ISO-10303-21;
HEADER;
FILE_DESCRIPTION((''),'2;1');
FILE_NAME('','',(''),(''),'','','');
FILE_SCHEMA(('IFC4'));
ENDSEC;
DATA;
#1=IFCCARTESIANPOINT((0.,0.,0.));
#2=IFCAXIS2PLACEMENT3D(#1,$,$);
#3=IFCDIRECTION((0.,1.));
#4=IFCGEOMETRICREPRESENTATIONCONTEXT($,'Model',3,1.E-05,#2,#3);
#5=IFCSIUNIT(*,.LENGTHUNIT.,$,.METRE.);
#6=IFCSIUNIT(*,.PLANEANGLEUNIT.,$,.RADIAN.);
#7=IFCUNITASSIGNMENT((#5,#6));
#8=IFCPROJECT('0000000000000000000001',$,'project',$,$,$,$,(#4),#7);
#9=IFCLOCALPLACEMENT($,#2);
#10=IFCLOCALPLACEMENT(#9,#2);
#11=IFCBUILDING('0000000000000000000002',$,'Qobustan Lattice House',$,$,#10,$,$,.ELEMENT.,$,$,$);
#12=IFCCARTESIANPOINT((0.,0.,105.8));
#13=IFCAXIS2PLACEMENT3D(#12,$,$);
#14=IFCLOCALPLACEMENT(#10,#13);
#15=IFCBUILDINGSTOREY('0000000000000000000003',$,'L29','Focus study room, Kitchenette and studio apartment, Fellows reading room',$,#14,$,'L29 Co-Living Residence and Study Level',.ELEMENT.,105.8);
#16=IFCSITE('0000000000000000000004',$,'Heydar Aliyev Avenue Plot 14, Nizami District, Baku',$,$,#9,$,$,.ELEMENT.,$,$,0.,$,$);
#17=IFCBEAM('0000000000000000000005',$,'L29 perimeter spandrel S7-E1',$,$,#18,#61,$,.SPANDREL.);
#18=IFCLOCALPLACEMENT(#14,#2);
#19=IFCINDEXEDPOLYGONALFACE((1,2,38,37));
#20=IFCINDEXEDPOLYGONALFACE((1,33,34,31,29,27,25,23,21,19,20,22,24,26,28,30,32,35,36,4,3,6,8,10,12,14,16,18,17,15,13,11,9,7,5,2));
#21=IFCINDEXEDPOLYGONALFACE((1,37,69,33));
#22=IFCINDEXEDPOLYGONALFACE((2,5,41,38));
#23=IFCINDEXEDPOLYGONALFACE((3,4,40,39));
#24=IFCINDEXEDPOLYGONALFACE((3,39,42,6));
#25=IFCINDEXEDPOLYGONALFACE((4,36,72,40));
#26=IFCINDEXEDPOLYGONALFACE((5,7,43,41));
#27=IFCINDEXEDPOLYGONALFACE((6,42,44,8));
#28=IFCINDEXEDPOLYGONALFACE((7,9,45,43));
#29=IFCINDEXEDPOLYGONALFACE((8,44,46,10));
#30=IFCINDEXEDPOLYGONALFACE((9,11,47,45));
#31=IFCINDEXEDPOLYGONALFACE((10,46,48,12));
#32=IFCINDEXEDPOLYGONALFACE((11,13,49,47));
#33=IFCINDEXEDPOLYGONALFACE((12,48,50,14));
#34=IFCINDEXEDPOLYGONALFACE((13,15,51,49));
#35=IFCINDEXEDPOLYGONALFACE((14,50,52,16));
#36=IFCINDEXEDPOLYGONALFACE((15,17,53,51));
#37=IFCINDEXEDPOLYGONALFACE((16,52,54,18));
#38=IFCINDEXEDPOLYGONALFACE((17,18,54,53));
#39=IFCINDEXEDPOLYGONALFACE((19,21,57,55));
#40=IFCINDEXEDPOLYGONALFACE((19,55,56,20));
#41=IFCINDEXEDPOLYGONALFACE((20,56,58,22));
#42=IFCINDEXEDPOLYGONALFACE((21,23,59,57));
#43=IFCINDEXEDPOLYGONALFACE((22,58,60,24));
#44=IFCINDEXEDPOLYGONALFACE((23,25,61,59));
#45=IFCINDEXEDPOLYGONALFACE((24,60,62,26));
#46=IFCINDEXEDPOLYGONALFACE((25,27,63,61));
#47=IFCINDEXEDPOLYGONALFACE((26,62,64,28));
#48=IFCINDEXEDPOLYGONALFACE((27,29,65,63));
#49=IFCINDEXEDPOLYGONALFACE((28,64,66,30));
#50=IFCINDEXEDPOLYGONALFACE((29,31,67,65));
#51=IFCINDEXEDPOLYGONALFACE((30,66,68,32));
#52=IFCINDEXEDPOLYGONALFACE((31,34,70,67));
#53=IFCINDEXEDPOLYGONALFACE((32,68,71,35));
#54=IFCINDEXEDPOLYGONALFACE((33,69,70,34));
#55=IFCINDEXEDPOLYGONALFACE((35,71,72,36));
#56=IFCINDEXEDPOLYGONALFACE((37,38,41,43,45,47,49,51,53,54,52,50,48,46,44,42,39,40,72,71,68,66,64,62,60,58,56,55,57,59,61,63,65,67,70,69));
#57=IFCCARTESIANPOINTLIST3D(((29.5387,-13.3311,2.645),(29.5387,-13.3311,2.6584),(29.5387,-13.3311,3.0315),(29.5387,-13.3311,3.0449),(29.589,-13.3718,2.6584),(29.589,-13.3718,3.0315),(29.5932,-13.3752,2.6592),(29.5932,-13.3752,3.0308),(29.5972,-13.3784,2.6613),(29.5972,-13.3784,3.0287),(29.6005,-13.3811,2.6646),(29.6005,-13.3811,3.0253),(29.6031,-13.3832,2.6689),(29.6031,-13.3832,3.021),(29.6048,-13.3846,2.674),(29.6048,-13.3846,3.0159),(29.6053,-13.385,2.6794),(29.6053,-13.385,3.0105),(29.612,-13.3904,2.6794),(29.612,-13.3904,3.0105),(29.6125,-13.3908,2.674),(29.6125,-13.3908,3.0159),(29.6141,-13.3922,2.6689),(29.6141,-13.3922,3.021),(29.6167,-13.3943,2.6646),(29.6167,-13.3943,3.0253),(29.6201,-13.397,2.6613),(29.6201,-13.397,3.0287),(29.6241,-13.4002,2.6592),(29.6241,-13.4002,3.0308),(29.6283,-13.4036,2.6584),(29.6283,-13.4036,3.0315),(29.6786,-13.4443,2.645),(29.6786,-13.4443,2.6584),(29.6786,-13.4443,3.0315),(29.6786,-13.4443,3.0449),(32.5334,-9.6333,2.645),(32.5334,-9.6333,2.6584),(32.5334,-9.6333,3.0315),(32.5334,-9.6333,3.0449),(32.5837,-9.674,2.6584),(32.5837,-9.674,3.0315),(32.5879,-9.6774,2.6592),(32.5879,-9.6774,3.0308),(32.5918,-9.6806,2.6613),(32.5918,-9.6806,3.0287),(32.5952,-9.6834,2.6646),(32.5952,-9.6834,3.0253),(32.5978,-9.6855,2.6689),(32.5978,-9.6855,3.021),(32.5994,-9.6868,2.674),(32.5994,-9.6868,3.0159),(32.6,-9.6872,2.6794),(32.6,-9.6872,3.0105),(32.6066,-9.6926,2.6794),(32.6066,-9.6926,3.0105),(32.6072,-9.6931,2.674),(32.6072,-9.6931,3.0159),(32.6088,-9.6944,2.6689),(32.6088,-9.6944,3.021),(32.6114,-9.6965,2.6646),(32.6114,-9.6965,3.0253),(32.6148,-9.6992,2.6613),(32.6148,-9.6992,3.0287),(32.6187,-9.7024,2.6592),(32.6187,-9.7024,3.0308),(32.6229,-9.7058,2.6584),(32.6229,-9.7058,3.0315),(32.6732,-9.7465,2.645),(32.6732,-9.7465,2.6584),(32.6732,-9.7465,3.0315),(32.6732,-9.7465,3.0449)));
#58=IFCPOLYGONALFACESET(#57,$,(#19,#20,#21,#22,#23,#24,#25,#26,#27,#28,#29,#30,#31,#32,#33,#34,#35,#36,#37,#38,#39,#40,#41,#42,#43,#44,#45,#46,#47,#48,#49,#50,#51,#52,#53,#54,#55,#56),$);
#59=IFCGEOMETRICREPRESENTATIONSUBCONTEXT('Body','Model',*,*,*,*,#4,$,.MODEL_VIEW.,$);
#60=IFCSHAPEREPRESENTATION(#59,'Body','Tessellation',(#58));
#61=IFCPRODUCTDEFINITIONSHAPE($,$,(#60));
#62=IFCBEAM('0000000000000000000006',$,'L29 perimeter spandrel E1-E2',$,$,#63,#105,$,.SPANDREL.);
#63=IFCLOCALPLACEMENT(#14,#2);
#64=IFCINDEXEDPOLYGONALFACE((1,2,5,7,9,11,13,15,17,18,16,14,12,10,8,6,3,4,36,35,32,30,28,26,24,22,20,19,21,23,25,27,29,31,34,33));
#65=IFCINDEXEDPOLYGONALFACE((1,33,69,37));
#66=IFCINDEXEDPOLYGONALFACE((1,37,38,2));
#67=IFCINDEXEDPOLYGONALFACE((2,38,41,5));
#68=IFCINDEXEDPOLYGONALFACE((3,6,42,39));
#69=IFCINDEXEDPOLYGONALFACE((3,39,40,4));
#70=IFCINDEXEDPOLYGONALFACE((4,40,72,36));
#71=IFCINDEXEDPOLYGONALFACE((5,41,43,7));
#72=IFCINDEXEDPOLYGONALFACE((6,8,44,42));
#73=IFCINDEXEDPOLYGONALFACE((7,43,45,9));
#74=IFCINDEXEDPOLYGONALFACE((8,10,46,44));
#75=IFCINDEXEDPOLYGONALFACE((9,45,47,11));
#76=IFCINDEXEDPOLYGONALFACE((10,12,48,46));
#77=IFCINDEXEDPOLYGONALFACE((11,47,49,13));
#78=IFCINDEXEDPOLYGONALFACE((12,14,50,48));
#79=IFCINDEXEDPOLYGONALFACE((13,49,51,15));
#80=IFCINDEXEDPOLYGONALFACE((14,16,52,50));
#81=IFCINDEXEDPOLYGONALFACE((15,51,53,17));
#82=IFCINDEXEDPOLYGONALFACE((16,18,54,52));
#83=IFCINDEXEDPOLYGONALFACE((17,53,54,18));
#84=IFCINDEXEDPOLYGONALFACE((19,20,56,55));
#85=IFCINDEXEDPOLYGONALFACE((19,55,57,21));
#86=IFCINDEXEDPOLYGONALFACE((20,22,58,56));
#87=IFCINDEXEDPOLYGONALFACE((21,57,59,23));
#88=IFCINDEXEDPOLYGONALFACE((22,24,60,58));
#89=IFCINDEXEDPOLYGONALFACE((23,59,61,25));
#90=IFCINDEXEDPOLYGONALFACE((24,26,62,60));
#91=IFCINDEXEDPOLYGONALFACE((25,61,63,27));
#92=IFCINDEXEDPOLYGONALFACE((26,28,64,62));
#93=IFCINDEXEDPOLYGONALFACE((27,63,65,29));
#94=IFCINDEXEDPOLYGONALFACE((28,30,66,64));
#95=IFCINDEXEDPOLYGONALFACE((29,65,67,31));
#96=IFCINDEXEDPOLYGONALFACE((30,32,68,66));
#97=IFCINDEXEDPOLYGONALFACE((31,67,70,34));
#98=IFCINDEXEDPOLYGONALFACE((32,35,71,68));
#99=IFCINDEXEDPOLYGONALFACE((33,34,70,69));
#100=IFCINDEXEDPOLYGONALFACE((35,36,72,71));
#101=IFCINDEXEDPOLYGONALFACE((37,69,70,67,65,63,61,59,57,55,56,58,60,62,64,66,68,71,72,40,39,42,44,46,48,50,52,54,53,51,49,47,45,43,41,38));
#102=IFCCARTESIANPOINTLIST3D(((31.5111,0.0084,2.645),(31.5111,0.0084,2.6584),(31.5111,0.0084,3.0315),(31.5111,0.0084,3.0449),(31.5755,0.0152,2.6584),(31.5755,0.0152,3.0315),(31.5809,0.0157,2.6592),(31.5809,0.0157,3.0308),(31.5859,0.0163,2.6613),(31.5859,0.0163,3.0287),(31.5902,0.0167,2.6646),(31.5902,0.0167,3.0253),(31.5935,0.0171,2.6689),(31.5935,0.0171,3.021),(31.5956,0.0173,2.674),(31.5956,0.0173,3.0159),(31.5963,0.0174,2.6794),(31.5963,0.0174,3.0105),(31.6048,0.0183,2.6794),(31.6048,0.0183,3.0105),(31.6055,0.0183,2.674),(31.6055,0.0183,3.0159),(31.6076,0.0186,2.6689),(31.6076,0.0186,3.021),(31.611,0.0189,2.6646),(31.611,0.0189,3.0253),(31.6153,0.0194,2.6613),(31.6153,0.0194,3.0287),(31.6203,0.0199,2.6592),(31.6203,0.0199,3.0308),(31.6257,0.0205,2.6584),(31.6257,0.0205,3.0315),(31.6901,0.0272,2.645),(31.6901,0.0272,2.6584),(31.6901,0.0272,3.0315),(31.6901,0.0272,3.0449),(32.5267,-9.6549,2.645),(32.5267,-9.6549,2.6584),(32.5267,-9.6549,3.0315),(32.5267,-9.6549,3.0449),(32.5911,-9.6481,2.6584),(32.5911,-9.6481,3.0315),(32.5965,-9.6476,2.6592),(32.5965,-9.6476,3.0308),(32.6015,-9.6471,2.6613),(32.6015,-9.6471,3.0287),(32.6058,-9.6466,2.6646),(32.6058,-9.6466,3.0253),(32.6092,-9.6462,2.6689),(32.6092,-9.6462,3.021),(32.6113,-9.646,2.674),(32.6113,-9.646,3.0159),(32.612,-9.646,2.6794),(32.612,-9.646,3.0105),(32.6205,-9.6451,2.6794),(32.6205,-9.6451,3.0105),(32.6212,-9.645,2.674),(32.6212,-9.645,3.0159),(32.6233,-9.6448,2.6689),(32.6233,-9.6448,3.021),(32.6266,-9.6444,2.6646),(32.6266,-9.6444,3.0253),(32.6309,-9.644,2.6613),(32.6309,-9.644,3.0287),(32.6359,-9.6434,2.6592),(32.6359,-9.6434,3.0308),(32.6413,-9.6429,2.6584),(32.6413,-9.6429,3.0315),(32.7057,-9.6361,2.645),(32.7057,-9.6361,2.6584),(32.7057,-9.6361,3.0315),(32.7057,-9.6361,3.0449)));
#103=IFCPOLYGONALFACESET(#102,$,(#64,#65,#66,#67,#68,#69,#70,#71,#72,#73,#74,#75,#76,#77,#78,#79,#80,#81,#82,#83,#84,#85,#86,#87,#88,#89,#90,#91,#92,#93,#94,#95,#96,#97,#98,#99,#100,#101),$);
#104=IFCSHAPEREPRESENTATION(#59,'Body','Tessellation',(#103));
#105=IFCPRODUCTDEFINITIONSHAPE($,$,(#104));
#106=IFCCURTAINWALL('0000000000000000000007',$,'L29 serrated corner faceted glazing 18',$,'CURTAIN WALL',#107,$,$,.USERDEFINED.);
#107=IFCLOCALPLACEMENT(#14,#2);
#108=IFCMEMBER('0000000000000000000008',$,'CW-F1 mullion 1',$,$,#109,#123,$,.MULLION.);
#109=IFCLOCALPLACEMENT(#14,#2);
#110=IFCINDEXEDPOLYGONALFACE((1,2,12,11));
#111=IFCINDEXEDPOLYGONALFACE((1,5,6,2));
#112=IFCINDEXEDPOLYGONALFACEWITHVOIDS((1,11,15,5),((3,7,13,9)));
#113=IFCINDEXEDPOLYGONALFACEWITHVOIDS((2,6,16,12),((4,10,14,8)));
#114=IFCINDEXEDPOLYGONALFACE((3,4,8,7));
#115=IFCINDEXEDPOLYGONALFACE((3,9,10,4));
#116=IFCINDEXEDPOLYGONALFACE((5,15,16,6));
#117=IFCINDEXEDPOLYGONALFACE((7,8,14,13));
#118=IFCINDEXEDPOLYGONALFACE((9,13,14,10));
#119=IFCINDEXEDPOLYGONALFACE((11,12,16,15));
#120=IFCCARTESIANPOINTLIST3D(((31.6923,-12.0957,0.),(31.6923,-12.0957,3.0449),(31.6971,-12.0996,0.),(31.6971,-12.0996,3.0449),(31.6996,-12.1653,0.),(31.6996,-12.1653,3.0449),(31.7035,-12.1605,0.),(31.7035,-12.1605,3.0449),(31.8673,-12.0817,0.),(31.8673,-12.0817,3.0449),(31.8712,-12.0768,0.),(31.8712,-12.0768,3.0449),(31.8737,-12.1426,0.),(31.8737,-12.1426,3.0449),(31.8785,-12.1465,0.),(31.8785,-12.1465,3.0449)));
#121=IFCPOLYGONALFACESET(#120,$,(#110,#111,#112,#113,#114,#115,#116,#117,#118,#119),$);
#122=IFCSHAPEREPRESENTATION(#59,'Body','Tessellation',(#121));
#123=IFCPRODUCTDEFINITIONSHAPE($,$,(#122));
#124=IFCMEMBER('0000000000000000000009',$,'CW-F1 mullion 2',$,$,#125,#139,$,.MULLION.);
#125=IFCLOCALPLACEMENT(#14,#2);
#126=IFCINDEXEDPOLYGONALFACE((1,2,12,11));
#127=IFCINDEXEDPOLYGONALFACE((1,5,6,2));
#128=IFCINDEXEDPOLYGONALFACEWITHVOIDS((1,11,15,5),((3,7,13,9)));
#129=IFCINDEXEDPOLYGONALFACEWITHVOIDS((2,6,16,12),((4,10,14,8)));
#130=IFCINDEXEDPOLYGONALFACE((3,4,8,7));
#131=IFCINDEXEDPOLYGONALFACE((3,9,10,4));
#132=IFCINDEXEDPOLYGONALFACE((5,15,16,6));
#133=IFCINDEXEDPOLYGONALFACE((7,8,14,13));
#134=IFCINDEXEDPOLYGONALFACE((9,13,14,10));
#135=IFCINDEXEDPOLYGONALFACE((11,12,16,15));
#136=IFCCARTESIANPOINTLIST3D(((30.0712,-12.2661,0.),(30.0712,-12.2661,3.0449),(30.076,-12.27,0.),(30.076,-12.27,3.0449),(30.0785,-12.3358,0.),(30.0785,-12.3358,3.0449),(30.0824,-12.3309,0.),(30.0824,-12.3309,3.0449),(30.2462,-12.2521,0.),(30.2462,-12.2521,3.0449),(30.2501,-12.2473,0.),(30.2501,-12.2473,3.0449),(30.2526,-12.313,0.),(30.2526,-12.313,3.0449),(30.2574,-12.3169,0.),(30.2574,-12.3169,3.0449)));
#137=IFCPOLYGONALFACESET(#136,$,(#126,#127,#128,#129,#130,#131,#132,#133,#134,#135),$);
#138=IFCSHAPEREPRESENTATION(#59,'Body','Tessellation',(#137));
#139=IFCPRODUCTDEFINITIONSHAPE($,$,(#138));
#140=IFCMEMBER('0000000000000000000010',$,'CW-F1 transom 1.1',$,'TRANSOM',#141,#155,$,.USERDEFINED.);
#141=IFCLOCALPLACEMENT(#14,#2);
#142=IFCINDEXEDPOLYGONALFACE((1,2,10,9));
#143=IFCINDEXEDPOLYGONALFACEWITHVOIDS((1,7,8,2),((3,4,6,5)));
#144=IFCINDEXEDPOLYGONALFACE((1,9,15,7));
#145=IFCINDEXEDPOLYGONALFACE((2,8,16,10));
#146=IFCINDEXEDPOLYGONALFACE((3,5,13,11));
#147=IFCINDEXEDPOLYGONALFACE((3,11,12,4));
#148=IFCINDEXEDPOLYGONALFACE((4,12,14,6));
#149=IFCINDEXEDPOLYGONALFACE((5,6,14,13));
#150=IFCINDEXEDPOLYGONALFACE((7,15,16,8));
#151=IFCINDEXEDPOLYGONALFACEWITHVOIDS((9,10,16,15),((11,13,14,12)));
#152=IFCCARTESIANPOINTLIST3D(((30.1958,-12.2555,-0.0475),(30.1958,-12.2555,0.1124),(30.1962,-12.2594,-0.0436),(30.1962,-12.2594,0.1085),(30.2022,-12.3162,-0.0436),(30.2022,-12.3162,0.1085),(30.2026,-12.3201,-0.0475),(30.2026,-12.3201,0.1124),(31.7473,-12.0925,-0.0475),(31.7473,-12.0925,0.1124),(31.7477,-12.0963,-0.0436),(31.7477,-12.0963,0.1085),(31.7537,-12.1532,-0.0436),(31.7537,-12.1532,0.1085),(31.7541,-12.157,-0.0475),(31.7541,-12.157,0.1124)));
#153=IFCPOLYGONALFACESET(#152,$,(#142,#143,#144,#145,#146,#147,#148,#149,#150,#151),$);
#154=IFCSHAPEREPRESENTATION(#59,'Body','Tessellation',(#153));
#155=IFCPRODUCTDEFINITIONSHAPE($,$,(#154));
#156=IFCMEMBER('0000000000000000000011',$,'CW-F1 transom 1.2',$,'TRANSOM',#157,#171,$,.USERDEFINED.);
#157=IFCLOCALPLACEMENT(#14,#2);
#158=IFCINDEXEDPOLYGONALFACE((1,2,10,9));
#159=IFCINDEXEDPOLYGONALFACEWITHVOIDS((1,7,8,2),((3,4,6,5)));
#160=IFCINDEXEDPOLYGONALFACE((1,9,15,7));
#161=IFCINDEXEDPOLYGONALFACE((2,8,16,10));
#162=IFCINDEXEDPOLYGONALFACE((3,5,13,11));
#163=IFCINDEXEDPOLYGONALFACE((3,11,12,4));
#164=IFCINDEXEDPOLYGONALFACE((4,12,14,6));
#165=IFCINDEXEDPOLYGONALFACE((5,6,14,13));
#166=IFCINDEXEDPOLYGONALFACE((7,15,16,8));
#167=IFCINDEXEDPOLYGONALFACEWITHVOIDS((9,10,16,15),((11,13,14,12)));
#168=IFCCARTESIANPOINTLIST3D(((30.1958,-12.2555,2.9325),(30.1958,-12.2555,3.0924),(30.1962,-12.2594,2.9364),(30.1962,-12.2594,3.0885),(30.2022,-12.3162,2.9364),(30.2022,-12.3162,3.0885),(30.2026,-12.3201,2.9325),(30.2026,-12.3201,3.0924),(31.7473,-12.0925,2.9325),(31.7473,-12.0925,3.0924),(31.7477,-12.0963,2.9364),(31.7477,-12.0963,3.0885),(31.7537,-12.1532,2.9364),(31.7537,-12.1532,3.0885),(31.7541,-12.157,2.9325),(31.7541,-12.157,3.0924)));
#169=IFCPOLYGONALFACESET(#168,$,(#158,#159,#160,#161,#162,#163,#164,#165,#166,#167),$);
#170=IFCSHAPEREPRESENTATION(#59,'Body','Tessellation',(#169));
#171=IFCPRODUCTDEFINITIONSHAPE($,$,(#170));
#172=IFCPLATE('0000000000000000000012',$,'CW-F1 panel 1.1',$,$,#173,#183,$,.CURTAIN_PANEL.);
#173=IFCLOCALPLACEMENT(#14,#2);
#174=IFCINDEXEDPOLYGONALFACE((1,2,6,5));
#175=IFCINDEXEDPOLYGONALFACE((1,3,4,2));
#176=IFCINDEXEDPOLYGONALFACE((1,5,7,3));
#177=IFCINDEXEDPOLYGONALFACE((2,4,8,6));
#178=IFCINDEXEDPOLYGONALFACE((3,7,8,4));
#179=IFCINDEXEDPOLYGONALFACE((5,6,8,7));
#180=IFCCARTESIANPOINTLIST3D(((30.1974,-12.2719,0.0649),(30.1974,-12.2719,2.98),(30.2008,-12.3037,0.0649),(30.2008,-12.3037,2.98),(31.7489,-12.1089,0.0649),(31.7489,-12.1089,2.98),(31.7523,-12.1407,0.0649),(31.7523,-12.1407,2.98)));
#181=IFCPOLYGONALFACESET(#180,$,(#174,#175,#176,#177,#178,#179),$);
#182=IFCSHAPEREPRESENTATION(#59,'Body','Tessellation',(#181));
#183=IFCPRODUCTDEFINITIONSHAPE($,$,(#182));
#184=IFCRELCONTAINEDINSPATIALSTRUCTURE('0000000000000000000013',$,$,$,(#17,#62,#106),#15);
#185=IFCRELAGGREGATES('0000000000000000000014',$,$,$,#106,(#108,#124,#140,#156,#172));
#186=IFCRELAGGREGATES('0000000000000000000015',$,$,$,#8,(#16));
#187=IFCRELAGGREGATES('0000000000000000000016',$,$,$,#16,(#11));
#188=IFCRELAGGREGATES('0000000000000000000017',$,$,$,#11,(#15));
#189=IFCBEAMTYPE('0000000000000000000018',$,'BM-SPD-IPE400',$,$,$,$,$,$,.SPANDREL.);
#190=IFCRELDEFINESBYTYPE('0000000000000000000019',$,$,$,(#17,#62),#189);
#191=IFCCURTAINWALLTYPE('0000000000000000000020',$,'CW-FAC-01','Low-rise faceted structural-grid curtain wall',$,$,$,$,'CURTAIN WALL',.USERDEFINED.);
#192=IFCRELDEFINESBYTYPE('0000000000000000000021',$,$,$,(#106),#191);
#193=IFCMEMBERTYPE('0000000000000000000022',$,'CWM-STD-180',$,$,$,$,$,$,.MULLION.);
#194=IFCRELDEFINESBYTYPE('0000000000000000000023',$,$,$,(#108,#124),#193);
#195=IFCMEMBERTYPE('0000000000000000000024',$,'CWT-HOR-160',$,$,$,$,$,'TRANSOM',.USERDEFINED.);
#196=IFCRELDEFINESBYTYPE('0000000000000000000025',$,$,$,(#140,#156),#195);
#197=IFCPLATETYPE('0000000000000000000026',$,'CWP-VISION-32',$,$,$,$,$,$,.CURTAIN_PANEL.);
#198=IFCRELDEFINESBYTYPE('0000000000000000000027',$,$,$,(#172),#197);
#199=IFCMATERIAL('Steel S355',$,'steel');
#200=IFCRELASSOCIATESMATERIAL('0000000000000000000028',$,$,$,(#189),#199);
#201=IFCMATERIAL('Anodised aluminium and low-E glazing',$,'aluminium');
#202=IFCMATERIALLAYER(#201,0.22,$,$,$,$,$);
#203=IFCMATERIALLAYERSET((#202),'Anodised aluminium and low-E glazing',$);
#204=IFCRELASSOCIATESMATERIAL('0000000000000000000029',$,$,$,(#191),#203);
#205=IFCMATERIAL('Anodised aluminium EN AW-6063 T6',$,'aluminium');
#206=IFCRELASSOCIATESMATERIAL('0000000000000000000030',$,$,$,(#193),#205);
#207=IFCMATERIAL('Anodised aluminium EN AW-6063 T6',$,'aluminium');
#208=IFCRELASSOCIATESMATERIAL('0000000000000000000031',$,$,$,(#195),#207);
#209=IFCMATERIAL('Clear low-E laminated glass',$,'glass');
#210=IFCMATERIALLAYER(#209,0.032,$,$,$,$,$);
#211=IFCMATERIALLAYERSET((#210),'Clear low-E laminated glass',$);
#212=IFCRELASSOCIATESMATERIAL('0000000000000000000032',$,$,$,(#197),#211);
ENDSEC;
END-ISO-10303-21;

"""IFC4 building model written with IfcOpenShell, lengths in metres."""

from ifc_helpers import new_model, si_unit, direction, frame, origin, origin_2d, place, context, subcontext, project, spatial, rectangle, hollow_rectangle, i_section, extrude, material, layer, layer_set, material_profile, profile_set, type_object, element, aggregate, save


model = new_model("IFC4")

# Units and contexts
model_context = context("Model", 3, precision=1e-05, world=origin(), true_north=direction((0.0, 1.0)))
body_context = subcontext(model_context, "Body", "Model", "MODEL_VIEW")
ifc_project = project(units=[si_unit("LENGTHUNIT", "METRE"), si_unit("PLANEANGLEUNIT", "RADIAN")], contexts=[model_context])

# Site, building, storey
site_placement = place(None, origin())
site = spatial("IfcSite", under=ifc_project, at=site_placement, Name="Heydar Aliyev Avenue Plot 14, Nizami District, Baku", CompositionType="ELEMENT", RefElevation=0.0)
building_placement = place(site_placement, origin())
building = spatial("IfcBuilding", under=site, at=building_placement, Name="Qobustan Lattice House", CompositionType="ELEMENT")
storey_placement = place(building_placement, frame((0.0, 0.0, 105.8)))
storey = spatial("IfcBuildingStorey", under=building, at=storey_placement, Name="L29", Description="Focus study room, Kitchenette and studio apartment, Fellows reading room", LongName="L29 Co-Living Residence and Study Level", CompositionType="ELEMENT", Elevation=105.8)

# Beams
ifc_material_1 = material(Name="Steel S355", Category="steel")
ifc_material_profile_1 = material_profile(ifc_material_1, i_section(OverallWidth=0.1799, OverallDepth=0.3999, WebThickness=0.0085, FlangeThickness=0.0134, FilletRadius=0.021, at=origin_2d()), Name="IPE400")
ifc_profile_set_1 = profile_set([ifc_material_profile_1], Name="Steel S355")
beam_type_1 = type_object("IfcBeamType", Name="BM-SPD-IPE400", PredefinedType="SPANDREL", material=ifc_profile_set_1)
beam_1_placement = place(storey_placement, frame((29.6086, -13.3877, 2.845), z_axis=(0.629352, 0.777121, 0.0), x_axis=(-0.777121, 0.629352, 0.0)))
element("IfcBeam", 1, at=beam_1_placement, inside=storey, type_object=beam_type_1, Name="L29 perimeter spandrel S7-E1", PredefinedType="SPANDREL", context=body_context, shape_type="SweptSolid", body=[
    extrude(i_section(OverallWidth=0.1799, OverallDepth=0.3999, WebThickness=0.0085, FlangeThickness=0.0134, FilletRadius=0.021, at=origin_2d()), origin(), (0.0, 0.0, 1.0), 4.7583),
])
beam_2_placement = place(storey_placement, frame((32.6162, -9.6455, 2.845), z_axis=(-0.104525, 0.994522, 0.0), x_axis=(-0.994522, -0.104525, 0.0)))
element("IfcBeam", 2, at=beam_2_placement, inside=storey, type_object=beam_type_1, Name="L29 perimeter spandrel E1-E2", PredefinedType="SPANDREL", context=body_context, shape_type="SweptSolid", body=[
    extrude(i_section(OverallWidth=0.1799, OverallDepth=0.3999, WebThickness=0.0085, FlangeThickness=0.0134, FilletRadius=0.021, at=origin_2d()), origin(), (0.0, 0.0, 1.0), 9.7166),
])

# Curtain wall, members, plate
ifc_material_2 = material(Name="Anodised aluminium and low-E glazing", Category="aluminium")
ifc_layer_1 = layer(ifc_material_2, 0.22)
ifc_layer_set_1 = layer_set([ifc_layer_1], Name="Anodised aluminium and low-E glazing")
curtain_wall_type = type_object("IfcCurtainWallType", Name="CW-FAC-01", Description="Low-rise faceted structural-grid curtain wall", ElementType="CURTAIN WALL", PredefinedType="USERDEFINED", material=ifc_layer_set_1)
curtain_wall_placement = place(storey_placement, origin())
curtain_wall = element("IfcCurtainWall", 3, at=curtain_wall_placement, inside=storey, type_object=curtain_wall_type, Name="L29 serrated corner faceted glazing 18", ObjectType="CURTAIN WALL", PredefinedType="USERDEFINED")
ifc_material_3 = material(Name="Anodised aluminium EN AW-6063 T6", Category="aluminium")
ifc_material_profile_2 = material_profile(ifc_material_3, hollow_rectangle(XDim=0.0701, YDim=0.1799, WallThickness=0.0044, at=origin_2d()), Name="CWM-180x70")
ifc_profile_set_2 = profile_set([ifc_material_profile_2], Name="Anodised aluminium EN AW-6063 T6")
member_type_1 = type_object("IfcMemberType", Name="CWM-STD-180", PredefinedType="MULLION", material=ifc_profile_set_2)
member_1_placement = place(storey_placement, frame((31.7854, -12.1211, 0.0), z_axis=(0.0, 0.0, 1.0), x_axis=(0.104529, -0.994522, 0.0)))
member_1 = element("IfcMember", 4, at=member_1_placement, type_object=member_type_1, Name="CW-F1 mullion 1", PredefinedType="MULLION", context=body_context, shape_type="SweptSolid", body=[
    extrude(hollow_rectangle(XDim=0.0701, YDim=0.1799, WallThickness=0.0044, at=origin_2d()), origin(), (0.0, 0.0, 1.0), 3.0449),
])
member_2_placement = place(storey_placement, frame((30.1643, -12.2915, 0.0), z_axis=(0.0, 0.0, 1.0), x_axis=(0.104529, -0.994522, 0.0)))
member_2 = element("IfcMember", 5, at=member_2_placement, type_object=member_type_1, Name="CW-F1 mullion 2", PredefinedType="MULLION", context=body_context, shape_type="SweptSolid", body=[
    extrude(hollow_rectangle(XDim=0.0701, YDim=0.1799, WallThickness=0.0044, at=origin_2d()), origin(), (0.0, 0.0, 1.0), 3.0449),
])
ifc_material_4 = material(Name="Anodised aluminium EN AW-6063 T6", Category="aluminium")
ifc_material_profile_3 = material_profile(ifc_material_4, hollow_rectangle(XDim=0.0649, YDim=0.1599, WallThickness=0.0039, at=origin_2d()), Name="CWT-160x65")
ifc_profile_set_3 = profile_set([ifc_material_profile_3], Name="Anodised aluminium EN AW-6063 T6")
member_type_2 = type_object("IfcMemberType", Name="CWT-HOR-160", ElementType="TRANSOM", PredefinedType="USERDEFINED", material=ifc_profile_set_3)
member_3_placement = place(storey_placement, frame((31.7507, -12.1248, 0.0325), z_axis=(-0.994521, -0.104538, 0.0), x_axis=(0.104538, -0.994521, 0.0)))
member_3 = element("IfcMember", 6, at=member_3_placement, type_object=member_type_2, Name="CW-F1 transom 1.1", ObjectType="TRANSOM", PredefinedType="USERDEFINED", context=body_context, shape_type="SweptSolid", body=[
    extrude(hollow_rectangle(XDim=0.0649, YDim=0.1599, WallThickness=0.0039, at=origin_2d()), origin(), (0.0, 0.0, 1.0), 1.5601),
])
member_4_placement = place(storey_placement, frame((31.7507, -12.1248, 3.0125), z_axis=(-0.994521, -0.104538, 0.0), x_axis=(0.104538, -0.994521, 0.0)))
member_4 = element("IfcMember", 7, at=member_4_placement, type_object=member_type_2, Name="CW-F1 transom 1.2", ObjectType="TRANSOM", PredefinedType="USERDEFINED", context=body_context, shape_type="SweptSolid", body=[
    extrude(hollow_rectangle(XDim=0.0649, YDim=0.1599, WallThickness=0.0039, at=origin_2d()), origin(), (0.0, 0.0, 1.0), 1.5601),
])
ifc_material_5 = material(Name="Clear low-E laminated glass", Category="glass")
ifc_layer_2 = layer(ifc_material_5, 0.032)
ifc_layer_set_2 = layer_set([ifc_layer_2], Name="Clear low-E laminated glass")
plate_type_1 = type_object("IfcPlateType", Name="CWP-VISION-32", PredefinedType="CURTAIN_PANEL", material=ifc_layer_set_2)
plate_1_placement = place(storey_placement, frame((30.9749, -12.2063, 0.0649), z_axis=(0.0, 0.0, 1.0), x_axis=(-0.994522, -0.104529, 0.0)))
plate_1 = element("IfcPlate", 8, at=plate_1_placement, type_object=plate_type_1, Name="CW-F1 panel 1.1", PredefinedType="CURTAIN_PANEL", context=body_context, shape_type="SweptSolid", body=[
    extrude(rectangle(XDim=1.5601, YDim=0.032, at=origin_2d()), origin(), (0.0, 0.0, 1.0), 2.915),
])
aggregate(curtain_wall, [member_1, member_2, member_3, member_4, plate_1])

save(model, "model.ifc")
